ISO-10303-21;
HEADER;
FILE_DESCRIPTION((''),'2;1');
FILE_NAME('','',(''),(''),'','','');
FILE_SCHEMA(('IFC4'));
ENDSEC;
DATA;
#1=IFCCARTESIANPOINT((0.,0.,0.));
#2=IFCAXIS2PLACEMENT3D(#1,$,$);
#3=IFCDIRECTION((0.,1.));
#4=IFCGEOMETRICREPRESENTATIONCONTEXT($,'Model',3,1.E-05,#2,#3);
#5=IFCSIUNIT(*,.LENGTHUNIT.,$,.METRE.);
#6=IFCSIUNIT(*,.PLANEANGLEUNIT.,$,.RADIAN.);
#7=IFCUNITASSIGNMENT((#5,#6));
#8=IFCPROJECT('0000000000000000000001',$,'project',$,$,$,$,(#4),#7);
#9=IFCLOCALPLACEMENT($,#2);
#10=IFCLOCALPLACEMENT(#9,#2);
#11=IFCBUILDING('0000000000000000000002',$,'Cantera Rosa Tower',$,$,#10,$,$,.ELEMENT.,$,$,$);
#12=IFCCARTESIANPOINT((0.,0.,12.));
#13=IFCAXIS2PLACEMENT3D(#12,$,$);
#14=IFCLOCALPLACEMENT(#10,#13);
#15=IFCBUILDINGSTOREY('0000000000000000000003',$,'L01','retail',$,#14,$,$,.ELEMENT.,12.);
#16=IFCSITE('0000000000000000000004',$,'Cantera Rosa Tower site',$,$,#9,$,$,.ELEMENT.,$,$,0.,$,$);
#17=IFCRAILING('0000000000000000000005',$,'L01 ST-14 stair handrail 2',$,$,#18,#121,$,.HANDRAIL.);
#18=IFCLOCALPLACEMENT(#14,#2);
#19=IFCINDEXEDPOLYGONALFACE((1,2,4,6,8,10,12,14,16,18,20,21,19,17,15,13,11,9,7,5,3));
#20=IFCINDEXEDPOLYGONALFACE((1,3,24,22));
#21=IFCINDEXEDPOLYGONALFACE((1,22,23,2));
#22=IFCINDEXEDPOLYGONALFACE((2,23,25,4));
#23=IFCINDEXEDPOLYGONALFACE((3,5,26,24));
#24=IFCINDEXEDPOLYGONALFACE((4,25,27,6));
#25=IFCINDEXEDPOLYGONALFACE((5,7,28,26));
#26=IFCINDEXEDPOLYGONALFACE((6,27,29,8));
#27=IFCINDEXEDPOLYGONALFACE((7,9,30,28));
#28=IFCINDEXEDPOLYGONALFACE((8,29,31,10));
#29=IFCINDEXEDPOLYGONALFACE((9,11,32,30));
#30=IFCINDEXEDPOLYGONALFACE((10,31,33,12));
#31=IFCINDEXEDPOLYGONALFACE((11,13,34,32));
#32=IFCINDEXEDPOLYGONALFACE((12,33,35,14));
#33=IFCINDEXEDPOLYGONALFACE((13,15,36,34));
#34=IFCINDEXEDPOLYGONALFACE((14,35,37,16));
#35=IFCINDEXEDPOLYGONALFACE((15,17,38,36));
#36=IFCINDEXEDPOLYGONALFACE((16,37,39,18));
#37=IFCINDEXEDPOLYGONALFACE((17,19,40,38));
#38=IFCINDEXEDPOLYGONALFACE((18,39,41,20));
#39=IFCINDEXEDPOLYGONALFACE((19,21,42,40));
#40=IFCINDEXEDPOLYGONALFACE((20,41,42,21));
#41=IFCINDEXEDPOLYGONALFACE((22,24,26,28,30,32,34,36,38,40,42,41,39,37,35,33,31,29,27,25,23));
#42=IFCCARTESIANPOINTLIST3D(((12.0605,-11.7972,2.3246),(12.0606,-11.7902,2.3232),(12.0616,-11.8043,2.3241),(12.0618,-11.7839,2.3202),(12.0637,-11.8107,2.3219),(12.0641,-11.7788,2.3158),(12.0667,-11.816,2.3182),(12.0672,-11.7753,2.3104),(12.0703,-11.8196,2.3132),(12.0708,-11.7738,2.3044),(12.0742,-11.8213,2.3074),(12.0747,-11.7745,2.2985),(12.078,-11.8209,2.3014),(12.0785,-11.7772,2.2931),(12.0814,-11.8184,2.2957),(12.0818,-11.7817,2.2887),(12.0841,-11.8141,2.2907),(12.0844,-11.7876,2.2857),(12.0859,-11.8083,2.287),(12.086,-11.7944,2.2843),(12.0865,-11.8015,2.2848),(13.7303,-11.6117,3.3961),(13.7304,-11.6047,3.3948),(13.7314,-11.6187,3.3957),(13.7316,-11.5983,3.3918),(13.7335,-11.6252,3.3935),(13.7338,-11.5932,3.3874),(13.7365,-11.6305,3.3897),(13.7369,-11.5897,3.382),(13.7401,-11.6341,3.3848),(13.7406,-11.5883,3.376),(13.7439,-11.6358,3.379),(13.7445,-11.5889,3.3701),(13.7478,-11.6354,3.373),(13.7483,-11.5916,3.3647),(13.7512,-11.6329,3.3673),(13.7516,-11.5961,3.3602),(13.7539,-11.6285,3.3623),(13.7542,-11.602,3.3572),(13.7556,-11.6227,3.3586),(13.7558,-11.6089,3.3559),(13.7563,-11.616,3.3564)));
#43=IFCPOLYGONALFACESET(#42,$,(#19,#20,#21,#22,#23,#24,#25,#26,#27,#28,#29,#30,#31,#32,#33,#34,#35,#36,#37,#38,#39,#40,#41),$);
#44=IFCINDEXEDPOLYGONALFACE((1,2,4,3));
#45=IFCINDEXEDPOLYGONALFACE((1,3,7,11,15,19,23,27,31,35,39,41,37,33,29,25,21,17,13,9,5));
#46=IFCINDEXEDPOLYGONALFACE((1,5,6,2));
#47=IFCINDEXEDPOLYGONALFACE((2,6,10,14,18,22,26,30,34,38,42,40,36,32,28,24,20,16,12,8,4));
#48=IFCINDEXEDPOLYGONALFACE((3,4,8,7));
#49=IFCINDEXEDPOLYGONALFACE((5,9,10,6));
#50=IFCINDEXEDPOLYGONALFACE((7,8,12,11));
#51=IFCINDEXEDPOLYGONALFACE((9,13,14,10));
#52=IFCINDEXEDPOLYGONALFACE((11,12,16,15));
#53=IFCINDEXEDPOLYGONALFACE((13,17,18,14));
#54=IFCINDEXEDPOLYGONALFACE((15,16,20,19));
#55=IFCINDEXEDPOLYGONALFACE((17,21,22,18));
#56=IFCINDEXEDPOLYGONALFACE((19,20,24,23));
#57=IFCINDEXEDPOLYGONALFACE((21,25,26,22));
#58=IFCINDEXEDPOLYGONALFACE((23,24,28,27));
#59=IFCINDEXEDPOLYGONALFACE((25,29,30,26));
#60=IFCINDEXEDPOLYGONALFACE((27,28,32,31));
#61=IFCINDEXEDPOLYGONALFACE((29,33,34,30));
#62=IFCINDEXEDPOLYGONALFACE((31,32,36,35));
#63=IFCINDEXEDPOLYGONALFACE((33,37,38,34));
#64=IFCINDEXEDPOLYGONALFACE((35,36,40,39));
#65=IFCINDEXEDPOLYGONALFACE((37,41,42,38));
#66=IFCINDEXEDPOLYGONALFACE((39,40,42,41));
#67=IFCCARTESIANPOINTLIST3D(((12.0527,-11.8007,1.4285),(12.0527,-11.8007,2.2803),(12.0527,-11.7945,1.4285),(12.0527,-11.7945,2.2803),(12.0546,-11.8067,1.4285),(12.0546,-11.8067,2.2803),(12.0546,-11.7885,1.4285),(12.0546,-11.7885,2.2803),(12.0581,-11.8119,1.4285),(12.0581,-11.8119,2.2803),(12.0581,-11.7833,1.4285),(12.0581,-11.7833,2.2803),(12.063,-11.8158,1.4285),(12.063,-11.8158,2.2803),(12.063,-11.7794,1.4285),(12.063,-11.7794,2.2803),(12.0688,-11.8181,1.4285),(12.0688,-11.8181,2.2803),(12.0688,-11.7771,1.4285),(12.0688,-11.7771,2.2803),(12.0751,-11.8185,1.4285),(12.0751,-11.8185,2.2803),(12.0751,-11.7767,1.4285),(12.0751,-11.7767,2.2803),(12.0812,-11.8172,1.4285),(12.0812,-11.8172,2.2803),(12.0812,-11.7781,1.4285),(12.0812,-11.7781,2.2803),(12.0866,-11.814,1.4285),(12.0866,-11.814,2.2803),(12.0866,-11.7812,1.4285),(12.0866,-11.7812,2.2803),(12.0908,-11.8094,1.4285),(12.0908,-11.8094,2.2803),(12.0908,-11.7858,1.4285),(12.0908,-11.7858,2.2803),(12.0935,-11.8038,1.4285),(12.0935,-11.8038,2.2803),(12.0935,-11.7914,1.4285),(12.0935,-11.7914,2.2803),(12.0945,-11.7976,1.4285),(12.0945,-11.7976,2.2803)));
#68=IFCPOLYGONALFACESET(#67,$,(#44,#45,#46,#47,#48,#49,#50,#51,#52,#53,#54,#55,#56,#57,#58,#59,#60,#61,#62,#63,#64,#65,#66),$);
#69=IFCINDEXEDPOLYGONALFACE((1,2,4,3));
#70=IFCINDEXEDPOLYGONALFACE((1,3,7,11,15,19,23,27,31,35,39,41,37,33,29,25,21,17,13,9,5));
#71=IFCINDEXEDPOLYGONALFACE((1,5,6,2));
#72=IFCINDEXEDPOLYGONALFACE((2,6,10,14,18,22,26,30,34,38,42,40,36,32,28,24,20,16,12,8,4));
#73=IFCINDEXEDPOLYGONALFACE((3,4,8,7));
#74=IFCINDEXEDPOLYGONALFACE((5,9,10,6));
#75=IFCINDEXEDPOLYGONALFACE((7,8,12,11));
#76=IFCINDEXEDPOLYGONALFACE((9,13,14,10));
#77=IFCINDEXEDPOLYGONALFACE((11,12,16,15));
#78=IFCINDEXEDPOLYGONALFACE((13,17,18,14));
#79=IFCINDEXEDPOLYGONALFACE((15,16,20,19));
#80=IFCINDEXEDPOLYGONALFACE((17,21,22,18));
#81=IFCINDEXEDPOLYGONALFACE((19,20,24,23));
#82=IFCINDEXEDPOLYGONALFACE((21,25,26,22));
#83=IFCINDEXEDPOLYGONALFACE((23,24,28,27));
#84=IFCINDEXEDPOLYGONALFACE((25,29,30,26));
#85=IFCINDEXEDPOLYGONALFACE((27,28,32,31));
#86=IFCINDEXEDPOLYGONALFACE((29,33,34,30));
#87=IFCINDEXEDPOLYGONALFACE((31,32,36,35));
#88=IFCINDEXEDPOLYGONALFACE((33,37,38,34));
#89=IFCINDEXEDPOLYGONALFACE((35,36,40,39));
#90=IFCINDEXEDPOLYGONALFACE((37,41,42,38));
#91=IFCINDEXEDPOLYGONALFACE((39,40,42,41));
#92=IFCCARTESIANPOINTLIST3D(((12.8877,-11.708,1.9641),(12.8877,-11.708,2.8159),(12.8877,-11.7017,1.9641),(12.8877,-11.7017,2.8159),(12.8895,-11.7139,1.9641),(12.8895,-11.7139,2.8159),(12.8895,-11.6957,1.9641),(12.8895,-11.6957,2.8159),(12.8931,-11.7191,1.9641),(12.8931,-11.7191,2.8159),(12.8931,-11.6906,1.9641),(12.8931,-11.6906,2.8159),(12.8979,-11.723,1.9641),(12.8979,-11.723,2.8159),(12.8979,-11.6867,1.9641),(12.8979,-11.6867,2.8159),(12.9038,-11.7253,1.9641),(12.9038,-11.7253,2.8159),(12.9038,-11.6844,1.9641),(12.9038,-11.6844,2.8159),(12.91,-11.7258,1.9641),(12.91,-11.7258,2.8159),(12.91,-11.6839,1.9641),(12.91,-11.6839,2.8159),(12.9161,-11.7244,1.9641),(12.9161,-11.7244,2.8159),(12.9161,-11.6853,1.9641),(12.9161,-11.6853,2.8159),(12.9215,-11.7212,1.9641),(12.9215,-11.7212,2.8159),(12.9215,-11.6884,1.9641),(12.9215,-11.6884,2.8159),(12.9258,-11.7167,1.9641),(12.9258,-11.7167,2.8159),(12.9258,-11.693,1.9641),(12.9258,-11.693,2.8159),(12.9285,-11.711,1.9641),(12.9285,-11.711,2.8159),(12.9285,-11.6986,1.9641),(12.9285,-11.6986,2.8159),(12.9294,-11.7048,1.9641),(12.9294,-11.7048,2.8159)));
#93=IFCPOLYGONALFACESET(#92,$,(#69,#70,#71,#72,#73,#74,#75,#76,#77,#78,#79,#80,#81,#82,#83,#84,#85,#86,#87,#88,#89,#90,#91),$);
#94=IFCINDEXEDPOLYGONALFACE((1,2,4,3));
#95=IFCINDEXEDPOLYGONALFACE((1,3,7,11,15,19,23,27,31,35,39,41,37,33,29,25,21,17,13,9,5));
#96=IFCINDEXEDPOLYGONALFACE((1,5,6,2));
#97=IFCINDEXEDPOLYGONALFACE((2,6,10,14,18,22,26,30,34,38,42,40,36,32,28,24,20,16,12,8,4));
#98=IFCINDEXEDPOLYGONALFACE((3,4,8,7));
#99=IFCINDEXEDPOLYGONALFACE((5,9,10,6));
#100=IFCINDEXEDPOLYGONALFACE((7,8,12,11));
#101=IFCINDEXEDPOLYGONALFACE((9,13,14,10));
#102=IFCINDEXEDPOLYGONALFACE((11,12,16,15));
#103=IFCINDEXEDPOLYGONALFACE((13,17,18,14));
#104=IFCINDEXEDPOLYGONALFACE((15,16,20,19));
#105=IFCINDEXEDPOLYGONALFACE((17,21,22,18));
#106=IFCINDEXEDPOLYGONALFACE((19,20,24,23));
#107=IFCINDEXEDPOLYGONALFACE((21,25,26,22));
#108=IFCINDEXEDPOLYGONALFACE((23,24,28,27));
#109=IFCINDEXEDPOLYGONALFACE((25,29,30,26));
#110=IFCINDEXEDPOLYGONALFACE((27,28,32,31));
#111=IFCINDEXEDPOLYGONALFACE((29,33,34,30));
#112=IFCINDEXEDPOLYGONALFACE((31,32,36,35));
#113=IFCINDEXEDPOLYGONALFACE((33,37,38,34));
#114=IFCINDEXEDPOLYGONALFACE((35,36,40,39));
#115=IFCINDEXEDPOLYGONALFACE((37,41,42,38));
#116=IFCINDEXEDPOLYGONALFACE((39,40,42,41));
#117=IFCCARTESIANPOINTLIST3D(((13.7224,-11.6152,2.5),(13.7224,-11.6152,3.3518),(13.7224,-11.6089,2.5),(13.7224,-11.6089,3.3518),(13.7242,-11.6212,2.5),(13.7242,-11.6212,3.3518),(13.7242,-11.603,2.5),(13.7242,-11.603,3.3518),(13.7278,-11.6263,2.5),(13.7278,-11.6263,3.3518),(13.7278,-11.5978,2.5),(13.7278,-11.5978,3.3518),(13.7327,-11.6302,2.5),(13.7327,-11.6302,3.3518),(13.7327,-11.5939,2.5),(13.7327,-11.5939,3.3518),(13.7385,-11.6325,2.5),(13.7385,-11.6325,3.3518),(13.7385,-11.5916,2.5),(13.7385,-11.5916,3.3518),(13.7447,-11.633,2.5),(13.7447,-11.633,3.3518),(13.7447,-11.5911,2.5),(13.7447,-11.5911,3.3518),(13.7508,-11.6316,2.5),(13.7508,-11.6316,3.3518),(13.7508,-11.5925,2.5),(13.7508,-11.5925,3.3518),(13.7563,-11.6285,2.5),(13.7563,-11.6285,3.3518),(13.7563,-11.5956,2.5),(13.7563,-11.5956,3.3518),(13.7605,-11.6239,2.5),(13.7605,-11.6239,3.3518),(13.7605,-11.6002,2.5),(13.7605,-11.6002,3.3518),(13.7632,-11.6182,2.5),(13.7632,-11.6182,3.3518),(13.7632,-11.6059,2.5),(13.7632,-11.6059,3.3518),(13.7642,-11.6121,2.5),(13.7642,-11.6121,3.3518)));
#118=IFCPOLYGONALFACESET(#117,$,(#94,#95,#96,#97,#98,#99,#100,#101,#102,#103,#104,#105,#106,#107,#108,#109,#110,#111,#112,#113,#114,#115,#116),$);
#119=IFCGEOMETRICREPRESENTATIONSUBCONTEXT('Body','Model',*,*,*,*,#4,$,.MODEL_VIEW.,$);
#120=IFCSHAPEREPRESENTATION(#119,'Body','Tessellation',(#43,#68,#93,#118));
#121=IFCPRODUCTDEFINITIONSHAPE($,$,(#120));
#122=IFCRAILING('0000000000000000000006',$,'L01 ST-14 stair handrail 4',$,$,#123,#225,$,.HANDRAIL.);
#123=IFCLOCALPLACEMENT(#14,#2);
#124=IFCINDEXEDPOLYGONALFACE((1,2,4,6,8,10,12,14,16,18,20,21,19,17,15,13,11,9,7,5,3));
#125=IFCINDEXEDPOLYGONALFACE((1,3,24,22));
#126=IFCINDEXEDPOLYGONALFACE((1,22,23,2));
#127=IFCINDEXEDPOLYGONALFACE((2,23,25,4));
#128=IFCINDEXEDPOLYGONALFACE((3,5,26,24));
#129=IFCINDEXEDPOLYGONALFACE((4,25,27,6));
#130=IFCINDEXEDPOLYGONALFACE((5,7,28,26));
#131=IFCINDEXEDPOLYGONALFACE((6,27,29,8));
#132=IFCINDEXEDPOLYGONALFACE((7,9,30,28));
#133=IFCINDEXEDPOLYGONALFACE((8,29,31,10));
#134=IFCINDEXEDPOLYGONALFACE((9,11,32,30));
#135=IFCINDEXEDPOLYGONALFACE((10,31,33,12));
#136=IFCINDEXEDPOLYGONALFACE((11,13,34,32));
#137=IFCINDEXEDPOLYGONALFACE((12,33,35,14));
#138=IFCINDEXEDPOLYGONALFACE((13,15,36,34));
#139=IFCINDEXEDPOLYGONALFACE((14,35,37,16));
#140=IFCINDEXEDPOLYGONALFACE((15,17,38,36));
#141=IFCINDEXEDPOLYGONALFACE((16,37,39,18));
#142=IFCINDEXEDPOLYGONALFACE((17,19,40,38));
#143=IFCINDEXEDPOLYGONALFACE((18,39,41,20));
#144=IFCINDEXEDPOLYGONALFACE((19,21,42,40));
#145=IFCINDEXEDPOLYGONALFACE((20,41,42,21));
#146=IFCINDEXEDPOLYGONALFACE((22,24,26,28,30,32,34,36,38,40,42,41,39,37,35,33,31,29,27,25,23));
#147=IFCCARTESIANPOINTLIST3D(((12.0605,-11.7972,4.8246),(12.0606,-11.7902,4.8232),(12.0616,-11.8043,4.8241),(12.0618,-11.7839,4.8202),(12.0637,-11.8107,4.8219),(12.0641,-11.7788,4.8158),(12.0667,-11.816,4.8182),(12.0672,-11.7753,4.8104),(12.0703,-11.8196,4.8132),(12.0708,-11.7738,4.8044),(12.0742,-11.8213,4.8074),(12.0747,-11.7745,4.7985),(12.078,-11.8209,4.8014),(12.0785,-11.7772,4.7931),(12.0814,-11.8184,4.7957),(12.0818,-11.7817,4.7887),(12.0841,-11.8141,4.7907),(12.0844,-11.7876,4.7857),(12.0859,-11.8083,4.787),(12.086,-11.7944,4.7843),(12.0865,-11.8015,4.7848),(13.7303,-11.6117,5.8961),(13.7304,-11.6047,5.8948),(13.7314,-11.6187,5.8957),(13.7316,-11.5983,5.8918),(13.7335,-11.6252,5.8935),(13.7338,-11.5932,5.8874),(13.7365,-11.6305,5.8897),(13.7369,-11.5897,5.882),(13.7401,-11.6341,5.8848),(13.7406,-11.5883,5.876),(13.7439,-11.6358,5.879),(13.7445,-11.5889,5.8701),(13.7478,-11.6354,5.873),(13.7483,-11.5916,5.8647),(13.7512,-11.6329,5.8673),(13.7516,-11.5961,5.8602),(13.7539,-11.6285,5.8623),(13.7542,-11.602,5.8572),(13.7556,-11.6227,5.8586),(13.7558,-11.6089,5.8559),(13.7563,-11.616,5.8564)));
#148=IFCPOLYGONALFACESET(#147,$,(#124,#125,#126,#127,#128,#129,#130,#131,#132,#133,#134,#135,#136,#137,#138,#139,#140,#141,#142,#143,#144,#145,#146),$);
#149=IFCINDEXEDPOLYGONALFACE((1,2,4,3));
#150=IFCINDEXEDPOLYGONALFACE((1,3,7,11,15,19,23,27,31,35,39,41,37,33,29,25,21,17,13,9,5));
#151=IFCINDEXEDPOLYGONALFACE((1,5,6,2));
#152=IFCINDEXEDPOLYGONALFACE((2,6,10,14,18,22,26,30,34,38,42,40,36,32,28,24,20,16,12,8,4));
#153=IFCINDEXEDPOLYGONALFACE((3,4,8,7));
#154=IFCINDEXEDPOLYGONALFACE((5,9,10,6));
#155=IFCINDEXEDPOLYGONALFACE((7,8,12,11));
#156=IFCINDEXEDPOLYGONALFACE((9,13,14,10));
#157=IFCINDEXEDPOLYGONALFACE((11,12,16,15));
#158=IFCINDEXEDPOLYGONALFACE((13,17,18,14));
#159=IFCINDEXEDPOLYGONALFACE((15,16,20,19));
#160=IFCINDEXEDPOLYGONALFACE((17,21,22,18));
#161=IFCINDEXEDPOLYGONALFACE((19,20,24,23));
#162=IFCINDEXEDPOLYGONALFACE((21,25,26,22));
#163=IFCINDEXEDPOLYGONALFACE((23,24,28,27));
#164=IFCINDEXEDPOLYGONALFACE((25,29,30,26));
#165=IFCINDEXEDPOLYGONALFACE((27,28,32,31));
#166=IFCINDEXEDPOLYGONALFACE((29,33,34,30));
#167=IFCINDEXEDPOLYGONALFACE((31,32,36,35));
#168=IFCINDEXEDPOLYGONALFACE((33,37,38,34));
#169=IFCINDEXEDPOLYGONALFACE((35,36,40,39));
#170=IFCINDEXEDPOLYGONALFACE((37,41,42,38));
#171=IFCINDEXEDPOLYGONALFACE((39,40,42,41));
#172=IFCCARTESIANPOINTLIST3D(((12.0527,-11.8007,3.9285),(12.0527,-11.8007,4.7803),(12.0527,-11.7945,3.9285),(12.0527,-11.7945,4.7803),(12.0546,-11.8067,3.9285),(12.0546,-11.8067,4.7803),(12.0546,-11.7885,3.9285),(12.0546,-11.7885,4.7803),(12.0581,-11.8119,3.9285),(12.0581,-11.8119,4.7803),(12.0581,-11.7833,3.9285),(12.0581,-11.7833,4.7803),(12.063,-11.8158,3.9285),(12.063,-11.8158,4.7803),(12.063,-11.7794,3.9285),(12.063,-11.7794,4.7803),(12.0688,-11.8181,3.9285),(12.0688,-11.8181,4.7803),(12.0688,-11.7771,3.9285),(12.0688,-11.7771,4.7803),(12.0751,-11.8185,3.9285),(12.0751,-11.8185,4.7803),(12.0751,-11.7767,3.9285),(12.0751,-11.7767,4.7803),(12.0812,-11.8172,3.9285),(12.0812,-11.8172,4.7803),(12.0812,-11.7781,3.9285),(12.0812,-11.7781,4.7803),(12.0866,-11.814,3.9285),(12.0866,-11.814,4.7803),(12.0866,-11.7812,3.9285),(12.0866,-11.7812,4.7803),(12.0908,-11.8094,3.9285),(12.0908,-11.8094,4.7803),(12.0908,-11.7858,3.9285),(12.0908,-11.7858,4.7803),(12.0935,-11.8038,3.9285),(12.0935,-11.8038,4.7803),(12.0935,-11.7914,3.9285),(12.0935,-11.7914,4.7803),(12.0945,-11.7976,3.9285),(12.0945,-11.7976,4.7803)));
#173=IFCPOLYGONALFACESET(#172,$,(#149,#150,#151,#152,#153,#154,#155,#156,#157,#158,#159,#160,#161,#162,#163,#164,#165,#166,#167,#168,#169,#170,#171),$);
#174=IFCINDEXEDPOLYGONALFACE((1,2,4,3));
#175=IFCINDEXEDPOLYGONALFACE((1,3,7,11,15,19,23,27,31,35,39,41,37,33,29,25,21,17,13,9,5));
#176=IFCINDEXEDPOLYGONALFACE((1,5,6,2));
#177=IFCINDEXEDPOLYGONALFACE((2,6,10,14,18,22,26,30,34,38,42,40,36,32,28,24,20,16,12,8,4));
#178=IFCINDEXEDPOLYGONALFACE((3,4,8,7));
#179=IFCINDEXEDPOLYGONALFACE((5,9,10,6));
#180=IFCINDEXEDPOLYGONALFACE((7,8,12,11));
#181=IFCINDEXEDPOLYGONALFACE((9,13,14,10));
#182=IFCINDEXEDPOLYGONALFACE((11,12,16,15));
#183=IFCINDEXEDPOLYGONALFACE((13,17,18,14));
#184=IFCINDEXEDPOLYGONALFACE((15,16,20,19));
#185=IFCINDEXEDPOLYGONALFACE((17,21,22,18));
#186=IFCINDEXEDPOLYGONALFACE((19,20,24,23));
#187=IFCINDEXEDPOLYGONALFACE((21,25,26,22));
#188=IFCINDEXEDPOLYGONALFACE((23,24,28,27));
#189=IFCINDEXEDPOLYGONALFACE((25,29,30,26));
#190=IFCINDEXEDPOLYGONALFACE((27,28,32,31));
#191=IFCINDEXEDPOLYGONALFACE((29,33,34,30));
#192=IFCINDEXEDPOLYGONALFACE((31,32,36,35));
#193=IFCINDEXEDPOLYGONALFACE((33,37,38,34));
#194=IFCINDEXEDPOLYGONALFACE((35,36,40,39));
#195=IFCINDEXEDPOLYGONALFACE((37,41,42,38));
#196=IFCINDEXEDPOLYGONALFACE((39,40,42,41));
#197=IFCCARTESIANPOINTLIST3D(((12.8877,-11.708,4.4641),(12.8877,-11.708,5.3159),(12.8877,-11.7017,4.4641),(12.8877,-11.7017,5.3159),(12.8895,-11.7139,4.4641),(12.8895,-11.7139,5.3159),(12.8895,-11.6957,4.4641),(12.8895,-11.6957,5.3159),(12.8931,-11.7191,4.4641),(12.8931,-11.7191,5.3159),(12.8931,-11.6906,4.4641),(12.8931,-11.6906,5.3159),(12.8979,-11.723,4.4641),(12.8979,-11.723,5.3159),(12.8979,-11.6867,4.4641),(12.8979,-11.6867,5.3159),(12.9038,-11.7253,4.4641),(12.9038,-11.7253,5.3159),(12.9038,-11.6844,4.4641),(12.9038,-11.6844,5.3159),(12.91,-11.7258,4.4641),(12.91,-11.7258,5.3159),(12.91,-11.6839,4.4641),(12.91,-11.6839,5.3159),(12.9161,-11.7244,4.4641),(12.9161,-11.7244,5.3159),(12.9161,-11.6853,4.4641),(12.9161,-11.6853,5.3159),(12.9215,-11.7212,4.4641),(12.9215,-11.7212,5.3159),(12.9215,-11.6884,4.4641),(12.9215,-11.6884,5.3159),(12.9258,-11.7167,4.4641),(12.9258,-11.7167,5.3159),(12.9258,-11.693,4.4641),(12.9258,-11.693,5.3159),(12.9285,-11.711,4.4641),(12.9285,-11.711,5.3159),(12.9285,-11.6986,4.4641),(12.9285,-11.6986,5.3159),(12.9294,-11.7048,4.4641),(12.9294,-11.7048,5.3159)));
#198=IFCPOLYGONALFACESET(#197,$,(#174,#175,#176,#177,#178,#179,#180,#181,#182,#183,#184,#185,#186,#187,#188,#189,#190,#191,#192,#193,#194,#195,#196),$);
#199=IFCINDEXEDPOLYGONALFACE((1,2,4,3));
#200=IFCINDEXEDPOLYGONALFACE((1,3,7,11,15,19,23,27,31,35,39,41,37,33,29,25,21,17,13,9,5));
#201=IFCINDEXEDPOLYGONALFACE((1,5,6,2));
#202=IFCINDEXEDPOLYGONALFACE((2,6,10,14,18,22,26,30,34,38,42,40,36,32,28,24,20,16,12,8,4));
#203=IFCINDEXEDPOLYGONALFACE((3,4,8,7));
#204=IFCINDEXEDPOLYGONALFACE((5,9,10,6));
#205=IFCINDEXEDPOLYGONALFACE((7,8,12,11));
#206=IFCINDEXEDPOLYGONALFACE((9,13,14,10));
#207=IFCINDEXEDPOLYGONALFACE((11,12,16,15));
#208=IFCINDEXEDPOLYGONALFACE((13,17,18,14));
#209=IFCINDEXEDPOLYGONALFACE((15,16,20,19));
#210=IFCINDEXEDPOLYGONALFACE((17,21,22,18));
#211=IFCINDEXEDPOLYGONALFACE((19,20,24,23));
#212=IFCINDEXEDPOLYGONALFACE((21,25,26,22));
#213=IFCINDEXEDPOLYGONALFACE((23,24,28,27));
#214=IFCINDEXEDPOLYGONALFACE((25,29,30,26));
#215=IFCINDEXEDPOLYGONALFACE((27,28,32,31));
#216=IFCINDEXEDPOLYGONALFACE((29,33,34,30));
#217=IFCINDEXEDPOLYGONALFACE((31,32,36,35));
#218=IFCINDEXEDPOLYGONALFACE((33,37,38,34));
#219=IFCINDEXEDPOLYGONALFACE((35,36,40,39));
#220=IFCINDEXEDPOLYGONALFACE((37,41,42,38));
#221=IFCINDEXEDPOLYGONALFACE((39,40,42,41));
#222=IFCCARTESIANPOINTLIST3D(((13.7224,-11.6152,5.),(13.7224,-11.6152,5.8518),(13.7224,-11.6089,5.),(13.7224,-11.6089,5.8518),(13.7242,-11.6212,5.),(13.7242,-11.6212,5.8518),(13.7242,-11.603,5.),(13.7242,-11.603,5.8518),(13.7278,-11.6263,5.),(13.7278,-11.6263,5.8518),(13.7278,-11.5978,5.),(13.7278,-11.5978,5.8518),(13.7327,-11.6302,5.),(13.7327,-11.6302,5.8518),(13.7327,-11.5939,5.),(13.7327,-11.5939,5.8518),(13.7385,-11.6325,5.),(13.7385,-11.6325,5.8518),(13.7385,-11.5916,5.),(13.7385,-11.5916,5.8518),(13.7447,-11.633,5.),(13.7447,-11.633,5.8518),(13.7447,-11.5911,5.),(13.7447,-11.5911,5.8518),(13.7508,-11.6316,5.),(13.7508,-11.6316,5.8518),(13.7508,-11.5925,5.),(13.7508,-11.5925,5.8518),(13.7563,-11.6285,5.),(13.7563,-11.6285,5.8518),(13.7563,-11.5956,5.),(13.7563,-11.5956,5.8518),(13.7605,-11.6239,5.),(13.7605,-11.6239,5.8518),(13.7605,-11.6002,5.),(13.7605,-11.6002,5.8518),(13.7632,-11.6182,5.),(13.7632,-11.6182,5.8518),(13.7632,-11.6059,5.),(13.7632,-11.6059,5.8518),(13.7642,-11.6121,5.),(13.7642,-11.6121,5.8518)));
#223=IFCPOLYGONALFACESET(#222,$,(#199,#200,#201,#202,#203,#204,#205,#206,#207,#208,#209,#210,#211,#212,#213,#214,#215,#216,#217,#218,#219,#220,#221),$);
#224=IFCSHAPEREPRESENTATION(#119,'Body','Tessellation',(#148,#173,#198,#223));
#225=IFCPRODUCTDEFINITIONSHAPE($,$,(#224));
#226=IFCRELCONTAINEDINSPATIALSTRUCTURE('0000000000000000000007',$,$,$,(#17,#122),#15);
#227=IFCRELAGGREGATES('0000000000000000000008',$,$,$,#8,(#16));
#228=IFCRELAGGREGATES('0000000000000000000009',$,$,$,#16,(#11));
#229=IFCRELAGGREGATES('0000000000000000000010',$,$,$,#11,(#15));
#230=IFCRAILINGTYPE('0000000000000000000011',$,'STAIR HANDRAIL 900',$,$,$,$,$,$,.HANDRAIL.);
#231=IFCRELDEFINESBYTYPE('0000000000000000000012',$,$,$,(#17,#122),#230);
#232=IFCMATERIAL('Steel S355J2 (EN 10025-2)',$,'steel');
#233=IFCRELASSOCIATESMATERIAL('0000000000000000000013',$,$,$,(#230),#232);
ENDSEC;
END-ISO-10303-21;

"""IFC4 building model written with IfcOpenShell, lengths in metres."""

from ifc_helpers import new_model, si_unit, direction, frame, origin, origin_2d, place, context, subcontext, project, spatial, circle, extrude, material, type_object, element, save


model = new_model("IFC4")

# Units and contexts
model_context = context("Model", 3, precision=1e-05, world=origin(), true_north=direction((0.0, 1.0)))
body_context = subcontext(model_context, "Body", "Model", "MODEL_VIEW")
ifc_project = project(units=[si_unit("LENGTHUNIT", "METRE"), si_unit("PLANEANGLEUNIT", "RADIAN")], contexts=[model_context])

# Site, building, storey
site_placement = place(None, origin())
site = spatial("IfcSite", under=ifc_project, at=site_placement, Name="Cantera Rosa Tower site", CompositionType="ELEMENT", RefElevation=0.0)
building_placement = place(site_placement, origin())
building = spatial("IfcBuilding", under=site, at=building_placement, Name="Cantera Rosa Tower", CompositionType="ELEMENT")
storey_placement = place(building_placement, frame((0.0, 0.0, 12.0)))
storey = spatial("IfcBuildingStorey", under=building, at=storey_placement, Name="L01", Description="retail", CompositionType="ELEMENT", Elevation=12.0)

# Railings
ifc_material_1 = material(Name="Steel S355J2 (EN 10025-2)", Category="steel")
railing_type_1 = type_object("IfcRailingType", Name="STAIR HANDRAIL 900", PredefinedType="HANDRAIL", material=ifc_material_1)
for number, where, name in (
    (1, (12.0735, -11.7976, 1.4285), "L01 ST-14 stair handrail 2"),
    (2, (12.0735, -11.7976, 3.9285), "L01 ST-14 stair handrail 4"),
):
    element("IfcRailing", number, at=place(storey_placement, frame(where)), inside=storey, type_object=railing_type_1, Name=name, PredefinedType="HANDRAIL", context=body_context, shape_type="SweptSolid", body=[
        extrude(circle(Radius=0.0239, at=origin_2d()), frame((0.0, 0.0, 0.876), z_axis=(0.837941, 0.093118, 0.537758), x_axis=(-0.110447, 0.993882, 0.0)), (0.0, 0.0, 1.0), 1.9927),
        extrude(circle(Radius=0.021, at=origin_2d()), origin(), (0.0, 0.0, 1.0), 0.8518),
        extrude(circle(Radius=0.021, at=origin_2d()), frame((0.835, 0.0928, 0.5356)), (0.0, 0.0, 1.0), 0.8518),
        extrude(circle(Radius=0.021, at=origin_2d()), frame((1.6697, 0.1855, 1.0715)), (0.0, 0.0, 1.0), 0.8518),
    ])

save(model, "model.ifc")
